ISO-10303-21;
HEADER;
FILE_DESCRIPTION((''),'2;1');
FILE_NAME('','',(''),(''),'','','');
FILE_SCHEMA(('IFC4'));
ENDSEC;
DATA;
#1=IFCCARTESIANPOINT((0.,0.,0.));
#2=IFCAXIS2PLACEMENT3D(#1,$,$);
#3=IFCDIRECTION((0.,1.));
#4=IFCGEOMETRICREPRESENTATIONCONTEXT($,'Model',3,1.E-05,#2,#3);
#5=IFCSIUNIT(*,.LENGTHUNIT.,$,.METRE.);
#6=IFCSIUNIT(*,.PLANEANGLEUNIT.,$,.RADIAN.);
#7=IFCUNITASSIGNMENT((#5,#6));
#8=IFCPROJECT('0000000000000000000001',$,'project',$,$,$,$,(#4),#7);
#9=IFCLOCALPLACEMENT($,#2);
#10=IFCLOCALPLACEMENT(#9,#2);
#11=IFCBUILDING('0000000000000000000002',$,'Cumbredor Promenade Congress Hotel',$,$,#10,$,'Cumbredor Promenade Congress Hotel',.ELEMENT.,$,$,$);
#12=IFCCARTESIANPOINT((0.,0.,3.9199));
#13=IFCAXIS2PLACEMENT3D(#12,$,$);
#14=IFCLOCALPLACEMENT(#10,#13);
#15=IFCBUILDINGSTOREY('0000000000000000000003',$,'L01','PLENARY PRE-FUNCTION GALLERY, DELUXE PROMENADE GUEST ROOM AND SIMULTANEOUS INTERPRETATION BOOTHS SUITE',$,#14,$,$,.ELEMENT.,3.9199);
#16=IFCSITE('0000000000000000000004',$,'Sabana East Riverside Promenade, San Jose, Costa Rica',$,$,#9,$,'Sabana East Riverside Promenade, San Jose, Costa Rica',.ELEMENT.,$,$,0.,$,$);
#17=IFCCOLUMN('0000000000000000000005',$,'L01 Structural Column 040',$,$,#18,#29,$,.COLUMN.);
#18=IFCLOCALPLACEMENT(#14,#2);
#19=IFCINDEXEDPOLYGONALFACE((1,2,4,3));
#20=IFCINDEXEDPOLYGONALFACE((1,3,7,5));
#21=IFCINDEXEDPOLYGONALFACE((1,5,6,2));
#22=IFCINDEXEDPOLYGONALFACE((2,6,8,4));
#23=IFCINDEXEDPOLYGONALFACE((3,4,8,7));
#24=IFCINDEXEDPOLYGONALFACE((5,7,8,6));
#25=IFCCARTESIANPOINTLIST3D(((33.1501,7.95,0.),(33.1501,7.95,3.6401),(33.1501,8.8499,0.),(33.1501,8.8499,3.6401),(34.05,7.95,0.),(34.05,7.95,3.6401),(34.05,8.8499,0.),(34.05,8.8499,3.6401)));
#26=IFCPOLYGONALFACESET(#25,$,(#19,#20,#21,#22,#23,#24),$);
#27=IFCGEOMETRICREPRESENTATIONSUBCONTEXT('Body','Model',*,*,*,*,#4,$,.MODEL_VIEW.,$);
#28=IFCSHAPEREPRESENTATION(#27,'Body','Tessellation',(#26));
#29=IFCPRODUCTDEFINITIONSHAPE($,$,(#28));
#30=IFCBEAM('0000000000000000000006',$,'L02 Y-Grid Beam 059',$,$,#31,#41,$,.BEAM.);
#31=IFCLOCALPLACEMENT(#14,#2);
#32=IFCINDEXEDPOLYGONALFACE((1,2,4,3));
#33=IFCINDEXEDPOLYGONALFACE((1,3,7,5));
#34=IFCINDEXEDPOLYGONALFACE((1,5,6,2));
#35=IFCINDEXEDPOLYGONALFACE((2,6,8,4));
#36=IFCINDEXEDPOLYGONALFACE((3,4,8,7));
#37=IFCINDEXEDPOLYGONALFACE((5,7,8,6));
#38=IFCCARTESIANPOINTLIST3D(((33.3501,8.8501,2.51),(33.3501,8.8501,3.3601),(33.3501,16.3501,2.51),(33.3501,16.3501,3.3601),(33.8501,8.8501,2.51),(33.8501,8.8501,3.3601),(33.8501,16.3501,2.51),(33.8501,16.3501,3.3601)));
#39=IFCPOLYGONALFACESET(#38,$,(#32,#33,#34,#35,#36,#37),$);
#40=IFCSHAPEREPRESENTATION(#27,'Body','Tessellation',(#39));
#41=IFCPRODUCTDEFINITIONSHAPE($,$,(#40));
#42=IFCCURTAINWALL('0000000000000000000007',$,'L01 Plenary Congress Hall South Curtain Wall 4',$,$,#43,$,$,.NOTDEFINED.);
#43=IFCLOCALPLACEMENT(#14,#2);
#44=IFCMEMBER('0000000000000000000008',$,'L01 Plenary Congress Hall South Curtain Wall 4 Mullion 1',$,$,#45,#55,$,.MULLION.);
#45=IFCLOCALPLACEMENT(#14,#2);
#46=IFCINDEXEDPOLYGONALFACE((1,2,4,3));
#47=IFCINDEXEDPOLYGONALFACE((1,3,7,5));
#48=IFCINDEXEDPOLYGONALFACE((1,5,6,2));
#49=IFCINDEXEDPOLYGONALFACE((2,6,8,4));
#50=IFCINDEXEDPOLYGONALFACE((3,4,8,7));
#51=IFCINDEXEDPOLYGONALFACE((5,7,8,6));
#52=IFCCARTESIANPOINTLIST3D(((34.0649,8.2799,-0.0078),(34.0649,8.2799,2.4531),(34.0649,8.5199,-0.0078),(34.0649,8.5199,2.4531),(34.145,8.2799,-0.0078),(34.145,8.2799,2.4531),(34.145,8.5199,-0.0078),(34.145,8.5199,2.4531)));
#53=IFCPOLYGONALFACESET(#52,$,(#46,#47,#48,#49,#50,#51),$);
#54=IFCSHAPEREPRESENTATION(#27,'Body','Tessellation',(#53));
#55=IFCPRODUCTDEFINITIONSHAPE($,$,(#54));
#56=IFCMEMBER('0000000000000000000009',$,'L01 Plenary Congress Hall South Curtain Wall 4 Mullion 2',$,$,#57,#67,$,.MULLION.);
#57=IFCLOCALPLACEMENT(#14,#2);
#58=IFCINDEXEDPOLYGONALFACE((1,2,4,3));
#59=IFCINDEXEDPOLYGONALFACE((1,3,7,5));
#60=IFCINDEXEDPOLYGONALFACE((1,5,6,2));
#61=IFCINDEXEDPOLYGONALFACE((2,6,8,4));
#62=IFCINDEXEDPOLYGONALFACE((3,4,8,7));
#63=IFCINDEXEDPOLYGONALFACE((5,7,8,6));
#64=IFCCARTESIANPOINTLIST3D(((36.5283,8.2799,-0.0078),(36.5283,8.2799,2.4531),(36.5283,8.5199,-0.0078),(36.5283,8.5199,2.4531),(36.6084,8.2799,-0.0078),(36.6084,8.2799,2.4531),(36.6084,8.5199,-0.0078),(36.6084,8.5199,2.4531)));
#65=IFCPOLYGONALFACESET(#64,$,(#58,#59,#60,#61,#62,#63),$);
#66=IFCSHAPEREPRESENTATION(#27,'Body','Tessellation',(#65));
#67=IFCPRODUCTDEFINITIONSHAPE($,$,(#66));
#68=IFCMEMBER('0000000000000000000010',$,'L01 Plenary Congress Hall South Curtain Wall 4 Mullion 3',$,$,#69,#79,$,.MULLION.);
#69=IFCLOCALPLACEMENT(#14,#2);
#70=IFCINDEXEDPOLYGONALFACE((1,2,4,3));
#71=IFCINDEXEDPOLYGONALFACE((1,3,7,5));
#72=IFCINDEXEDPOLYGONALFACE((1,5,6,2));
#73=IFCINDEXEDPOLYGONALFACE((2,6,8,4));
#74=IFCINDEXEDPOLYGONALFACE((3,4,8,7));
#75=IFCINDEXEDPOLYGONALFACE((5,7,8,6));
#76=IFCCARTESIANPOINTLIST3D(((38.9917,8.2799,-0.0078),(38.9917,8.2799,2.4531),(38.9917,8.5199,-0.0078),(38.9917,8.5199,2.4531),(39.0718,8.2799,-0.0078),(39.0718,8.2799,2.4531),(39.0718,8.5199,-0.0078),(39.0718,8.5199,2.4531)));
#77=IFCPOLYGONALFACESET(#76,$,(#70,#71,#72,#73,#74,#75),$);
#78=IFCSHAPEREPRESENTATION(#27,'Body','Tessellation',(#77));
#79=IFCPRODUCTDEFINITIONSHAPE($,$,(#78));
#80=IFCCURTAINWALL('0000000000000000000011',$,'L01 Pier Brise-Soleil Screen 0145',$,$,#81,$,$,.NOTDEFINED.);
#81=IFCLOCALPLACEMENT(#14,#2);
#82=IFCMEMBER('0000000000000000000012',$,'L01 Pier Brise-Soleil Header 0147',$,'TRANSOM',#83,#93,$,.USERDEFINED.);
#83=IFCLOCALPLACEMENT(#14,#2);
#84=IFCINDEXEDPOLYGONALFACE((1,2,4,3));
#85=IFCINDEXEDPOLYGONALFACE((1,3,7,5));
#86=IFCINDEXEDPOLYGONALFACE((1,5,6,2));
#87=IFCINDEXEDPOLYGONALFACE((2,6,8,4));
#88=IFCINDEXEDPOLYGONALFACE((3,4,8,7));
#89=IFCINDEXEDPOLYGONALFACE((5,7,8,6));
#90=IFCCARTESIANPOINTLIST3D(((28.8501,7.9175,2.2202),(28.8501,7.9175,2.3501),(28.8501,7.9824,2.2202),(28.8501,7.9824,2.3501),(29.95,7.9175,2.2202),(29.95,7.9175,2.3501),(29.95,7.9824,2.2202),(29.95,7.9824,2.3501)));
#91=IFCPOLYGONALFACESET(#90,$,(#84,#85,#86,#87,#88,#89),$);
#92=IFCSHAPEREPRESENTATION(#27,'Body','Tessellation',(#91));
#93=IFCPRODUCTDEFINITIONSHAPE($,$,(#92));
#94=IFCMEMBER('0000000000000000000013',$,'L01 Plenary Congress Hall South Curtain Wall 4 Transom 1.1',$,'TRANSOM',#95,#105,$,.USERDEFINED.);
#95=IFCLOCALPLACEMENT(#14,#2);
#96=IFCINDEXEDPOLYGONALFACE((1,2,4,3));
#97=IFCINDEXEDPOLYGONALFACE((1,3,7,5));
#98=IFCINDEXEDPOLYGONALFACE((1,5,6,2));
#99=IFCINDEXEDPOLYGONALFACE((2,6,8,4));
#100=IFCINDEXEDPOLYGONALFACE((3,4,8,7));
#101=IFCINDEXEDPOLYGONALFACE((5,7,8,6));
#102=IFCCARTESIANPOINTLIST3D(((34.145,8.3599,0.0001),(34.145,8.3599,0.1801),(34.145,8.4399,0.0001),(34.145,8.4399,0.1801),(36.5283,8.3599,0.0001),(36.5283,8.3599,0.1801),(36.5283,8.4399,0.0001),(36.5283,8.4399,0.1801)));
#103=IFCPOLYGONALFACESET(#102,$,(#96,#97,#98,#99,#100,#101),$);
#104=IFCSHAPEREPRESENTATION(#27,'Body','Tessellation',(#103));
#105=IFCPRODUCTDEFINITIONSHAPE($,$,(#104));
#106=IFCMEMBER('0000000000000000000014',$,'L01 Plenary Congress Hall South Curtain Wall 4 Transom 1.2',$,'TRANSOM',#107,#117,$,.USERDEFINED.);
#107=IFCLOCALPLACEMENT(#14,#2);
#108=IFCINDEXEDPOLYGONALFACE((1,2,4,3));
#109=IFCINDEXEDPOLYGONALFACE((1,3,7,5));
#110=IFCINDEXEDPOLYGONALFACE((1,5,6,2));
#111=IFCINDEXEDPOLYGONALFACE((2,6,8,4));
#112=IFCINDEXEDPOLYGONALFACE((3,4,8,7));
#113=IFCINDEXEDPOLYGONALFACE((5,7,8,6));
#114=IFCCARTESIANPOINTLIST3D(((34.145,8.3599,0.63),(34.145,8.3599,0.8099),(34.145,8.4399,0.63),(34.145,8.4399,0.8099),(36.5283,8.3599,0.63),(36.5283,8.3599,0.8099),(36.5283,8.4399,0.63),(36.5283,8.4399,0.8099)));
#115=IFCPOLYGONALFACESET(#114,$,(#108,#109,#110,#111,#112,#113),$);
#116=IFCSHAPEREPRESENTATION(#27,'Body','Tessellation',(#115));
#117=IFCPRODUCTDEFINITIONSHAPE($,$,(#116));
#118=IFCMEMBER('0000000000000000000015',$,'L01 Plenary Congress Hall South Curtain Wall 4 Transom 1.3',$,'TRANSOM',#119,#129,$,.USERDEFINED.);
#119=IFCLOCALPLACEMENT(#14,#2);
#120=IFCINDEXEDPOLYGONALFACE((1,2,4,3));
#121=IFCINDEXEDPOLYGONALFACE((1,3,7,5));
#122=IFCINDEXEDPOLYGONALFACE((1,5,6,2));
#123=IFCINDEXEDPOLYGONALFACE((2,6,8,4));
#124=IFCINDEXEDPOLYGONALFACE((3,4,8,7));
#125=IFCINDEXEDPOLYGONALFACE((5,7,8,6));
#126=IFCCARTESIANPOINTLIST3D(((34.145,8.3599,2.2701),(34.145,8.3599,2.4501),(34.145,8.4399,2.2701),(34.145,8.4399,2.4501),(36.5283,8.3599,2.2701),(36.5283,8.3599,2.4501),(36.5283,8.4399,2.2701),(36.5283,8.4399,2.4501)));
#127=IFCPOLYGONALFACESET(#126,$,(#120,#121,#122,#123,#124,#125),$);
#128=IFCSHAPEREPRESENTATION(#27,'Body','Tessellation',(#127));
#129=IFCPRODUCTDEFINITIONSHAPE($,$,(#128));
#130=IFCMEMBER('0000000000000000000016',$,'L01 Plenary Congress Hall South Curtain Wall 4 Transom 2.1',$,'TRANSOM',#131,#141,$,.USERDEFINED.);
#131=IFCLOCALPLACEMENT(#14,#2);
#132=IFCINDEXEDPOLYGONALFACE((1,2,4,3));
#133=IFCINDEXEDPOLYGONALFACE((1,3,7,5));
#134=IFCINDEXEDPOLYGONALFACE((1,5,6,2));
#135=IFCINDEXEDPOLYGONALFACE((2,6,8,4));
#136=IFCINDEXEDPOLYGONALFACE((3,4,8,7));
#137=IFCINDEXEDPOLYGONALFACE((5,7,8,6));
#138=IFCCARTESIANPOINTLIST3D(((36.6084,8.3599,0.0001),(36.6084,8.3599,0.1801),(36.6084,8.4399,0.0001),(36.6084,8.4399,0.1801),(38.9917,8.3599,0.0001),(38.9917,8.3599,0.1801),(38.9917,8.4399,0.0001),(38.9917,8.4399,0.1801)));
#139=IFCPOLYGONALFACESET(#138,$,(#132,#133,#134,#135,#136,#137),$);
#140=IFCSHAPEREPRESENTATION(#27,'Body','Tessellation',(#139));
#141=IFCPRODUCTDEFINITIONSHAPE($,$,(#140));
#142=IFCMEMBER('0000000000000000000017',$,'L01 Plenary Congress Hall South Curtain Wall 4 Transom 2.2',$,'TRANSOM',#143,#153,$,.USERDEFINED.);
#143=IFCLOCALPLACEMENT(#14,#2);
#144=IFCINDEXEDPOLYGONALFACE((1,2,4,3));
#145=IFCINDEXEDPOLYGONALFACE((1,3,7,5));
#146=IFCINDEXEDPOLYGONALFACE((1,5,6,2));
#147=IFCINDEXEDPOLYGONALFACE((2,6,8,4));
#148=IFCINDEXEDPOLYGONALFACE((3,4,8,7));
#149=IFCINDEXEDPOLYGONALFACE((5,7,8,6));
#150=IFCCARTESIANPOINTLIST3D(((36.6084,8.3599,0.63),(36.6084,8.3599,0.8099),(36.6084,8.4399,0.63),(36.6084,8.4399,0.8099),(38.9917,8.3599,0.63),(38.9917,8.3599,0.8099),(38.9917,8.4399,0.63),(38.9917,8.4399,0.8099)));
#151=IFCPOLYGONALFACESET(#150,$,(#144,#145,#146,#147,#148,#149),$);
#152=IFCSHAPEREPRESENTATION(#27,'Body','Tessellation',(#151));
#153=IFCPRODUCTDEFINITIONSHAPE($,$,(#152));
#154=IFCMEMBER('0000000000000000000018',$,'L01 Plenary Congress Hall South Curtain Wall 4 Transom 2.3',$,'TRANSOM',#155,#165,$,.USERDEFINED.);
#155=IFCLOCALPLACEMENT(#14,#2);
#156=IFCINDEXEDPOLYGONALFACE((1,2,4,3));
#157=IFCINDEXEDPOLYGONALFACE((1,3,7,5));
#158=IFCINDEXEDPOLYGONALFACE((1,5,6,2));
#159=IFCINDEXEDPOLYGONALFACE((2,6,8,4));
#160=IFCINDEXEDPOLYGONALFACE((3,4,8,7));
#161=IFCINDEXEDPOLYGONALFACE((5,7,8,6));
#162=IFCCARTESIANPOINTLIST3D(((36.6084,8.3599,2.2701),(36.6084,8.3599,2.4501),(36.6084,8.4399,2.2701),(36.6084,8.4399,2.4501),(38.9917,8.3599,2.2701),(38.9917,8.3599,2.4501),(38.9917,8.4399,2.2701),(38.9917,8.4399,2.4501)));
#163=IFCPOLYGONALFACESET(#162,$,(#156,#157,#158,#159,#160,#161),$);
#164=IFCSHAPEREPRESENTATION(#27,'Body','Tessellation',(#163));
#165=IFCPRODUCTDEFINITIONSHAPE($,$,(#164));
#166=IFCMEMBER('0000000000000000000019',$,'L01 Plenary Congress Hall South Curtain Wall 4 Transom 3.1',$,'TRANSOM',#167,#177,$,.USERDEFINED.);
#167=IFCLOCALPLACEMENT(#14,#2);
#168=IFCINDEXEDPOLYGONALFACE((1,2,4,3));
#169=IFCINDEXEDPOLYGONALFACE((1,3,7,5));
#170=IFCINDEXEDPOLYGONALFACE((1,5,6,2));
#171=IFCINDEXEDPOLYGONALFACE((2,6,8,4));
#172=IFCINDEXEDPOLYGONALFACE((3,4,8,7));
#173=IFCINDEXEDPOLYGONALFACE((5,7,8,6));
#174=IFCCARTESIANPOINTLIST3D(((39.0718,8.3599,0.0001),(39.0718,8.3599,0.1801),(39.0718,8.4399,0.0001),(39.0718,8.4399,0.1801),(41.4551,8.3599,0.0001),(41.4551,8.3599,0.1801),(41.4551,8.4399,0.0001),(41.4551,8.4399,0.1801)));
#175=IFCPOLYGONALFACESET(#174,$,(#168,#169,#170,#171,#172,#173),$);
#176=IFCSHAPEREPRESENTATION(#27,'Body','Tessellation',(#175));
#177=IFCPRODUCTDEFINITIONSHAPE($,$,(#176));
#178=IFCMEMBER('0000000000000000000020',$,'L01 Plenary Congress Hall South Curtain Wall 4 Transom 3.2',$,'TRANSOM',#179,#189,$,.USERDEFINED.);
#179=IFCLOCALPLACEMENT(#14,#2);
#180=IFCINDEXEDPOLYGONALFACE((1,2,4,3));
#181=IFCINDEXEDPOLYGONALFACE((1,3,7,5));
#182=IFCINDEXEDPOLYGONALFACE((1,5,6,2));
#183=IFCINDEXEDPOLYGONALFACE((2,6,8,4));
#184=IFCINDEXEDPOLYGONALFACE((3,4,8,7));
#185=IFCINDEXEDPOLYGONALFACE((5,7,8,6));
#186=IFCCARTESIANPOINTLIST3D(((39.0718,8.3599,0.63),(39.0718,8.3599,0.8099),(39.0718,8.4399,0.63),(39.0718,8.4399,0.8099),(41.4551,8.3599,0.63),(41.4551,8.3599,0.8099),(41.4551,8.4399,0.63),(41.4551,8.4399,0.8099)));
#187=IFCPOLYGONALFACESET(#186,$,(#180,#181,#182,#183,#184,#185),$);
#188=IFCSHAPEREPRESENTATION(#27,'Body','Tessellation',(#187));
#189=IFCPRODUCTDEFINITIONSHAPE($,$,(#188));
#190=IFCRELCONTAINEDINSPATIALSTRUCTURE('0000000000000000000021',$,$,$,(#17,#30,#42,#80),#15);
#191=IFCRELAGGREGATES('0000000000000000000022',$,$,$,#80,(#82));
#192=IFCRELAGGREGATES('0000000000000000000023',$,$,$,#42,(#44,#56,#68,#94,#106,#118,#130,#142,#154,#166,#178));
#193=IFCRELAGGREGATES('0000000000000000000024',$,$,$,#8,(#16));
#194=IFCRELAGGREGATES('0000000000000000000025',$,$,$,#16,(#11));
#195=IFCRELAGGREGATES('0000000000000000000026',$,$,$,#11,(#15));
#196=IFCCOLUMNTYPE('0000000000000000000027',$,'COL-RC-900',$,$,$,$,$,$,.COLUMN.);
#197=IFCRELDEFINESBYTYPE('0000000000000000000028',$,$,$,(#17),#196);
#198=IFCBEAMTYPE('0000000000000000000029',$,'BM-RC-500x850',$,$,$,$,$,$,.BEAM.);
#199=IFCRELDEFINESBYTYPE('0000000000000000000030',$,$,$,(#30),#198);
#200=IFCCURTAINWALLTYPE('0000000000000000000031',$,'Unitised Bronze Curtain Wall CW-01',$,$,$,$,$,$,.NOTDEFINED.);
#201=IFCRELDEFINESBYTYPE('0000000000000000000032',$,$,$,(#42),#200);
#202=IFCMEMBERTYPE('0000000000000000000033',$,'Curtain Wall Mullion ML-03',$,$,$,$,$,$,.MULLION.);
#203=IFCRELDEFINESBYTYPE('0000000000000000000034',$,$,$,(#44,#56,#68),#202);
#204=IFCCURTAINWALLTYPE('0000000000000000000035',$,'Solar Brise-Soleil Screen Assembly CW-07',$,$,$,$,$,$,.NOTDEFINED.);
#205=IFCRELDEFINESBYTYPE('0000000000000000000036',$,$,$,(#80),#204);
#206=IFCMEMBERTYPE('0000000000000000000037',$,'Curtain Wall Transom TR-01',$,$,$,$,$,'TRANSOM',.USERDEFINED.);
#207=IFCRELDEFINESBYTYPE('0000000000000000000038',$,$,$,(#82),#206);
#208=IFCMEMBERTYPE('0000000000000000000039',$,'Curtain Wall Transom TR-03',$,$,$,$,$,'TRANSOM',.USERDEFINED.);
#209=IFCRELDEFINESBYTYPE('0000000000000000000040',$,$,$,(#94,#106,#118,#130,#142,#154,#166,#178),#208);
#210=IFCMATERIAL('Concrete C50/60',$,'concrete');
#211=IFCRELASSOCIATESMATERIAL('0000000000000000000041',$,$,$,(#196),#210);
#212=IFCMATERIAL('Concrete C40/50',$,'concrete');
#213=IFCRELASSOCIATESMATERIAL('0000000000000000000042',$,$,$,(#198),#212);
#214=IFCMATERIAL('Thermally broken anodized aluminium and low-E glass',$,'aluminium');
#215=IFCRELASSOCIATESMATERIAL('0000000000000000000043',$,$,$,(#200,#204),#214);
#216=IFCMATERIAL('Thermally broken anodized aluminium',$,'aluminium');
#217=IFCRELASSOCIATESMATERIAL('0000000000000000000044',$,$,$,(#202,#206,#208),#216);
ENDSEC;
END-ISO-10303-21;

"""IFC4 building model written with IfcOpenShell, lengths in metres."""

from ifc_helpers import new_model, si_unit, direction, frame, origin, origin_2d, place, context, subcontext, project, spatial, rectangle, extrude, material, material_profile, profile_set, type_object, element, aggregate, save


model = new_model("IFC4")

# Units and contexts
model_context = context("Model", 3, precision=1e-05, world=origin(), true_north=direction((0.0, 1.0)))
body_context = subcontext(model_context, "Body", "Model", "MODEL_VIEW")
ifc_project = project(units=[si_unit("LENGTHUNIT", "METRE"), si_unit("PLANEANGLEUNIT", "RADIAN")], contexts=[model_context])

# Site, building, storey
site_placement = place(None, origin())
site = spatial("IfcSite", under=ifc_project, at=site_placement, Name="Sabana East Riverside Promenade, San Jose, Costa Rica", LongName="Sabana East Riverside Promenade, San Jose, Costa Rica", CompositionType="ELEMENT", RefElevation=0.0)
building_placement = place(site_placement, origin())
building = spatial("IfcBuilding", under=site, at=building_placement, Name="Cumbredor Promenade Congress Hotel", LongName="Cumbredor Promenade Congress Hotel", CompositionType="ELEMENT")
storey_placement = place(building_placement, frame((0.0, 0.0, 3.9199)))
storey = spatial("IfcBuildingStorey", under=building, at=storey_placement, Name="L01", Description="PLENARY PRE-FUNCTION GALLERY, DELUXE PROMENADE GUEST ROOM AND SIMULTANEOUS INTERPRETATION BOOTHS SUITE", CompositionType="ELEMENT", Elevation=3.9199)

# Column
ifc_material_1 = material(Name="Concrete C50/60", Category="concrete")
ifc_material_profile_1 = material_profile(ifc_material_1, rectangle(XDim=0.8999, YDim=0.8999, at=origin_2d()), Name="RC 900x900")
ifc_profile_set_1 = profile_set([ifc_material_profile_1], Name="Concrete C50/60")
column_type = type_object("IfcColumnType", Name="COL-RC-900", PredefinedType="COLUMN", material=ifc_profile_set_1)
column_placement = place(storey_placement, frame((33.6001, 8.3999, 0.0), z_axis=(0.0, 0.0, 1.0), x_axis=(1.0, 0.0, 0.0)))
element("IfcColumn", 1, at=column_placement, inside=storey, type_object=column_type, Name="L01 Structural Column 040", PredefinedType="COLUMN", context=body_context, shape_type="SweptSolid", body=[
    extrude(rectangle(XDim=0.8999, YDim=0.8999, at=origin_2d()), origin(), (0.0, 0.0, 1.0), 3.6401),
])

# Beam
ifc_material_2 = material(Name="Concrete C40/50", Category="concrete")
ifc_material_profile_2 = material_profile(ifc_material_2, rectangle(XDim=0.5, YDim=0.8501, at=origin_2d()), Name="RC BEAM 500x850")
ifc_profile_set_2 = profile_set([ifc_material_profile_2], Name="Concrete C40/50")
beam_type_1 = type_object("IfcBeamType", Name="BM-RC-500x850", PredefinedType="BEAM", material=ifc_profile_set_2)
beam_placement = place(storey_placement, frame((33.6001, 8.8501, 2.9351), z_axis=(0.0, 1.0, 0.0), x_axis=(-1.0, 0.0, 0.0)))
element("IfcBeam", 2, at=beam_placement, inside=storey, type_object=beam_type_1, Name="L02 Y-Grid Beam 059", PredefinedType="BEAM", context=body_context, shape_type="SweptSolid", body=[
    extrude(rectangle(XDim=0.5, YDim=0.8501, at=origin_2d()), origin(), (0.0, 0.0, 1.0), 7.5),
])

# Curtain wall, members
ifc_material_3 = material(Name="Thermally broken anodized aluminium and low-E glass", Category="aluminium")
curtain_wall_type_1 = type_object("IfcCurtainWallType", Name="Unitised Bronze Curtain Wall CW-01", PredefinedType="NOTDEFINED", material=ifc_material_3)
curtain_wall_1_placement = place(storey_placement, origin())
curtain_wall_1 = element("IfcCurtainWall", 3, at=curtain_wall_1_placement, inside=storey, type_object=curtain_wall_type_1, Name="L01 Plenary Congress Hall South Curtain Wall 4", PredefinedType="NOTDEFINED")
ifc_material_4 = material(Name="Thermally broken anodized aluminium", Category="aluminium")
ifc_material_profile_3 = material_profile(ifc_material_4, rectangle(XDim=0.0801, YDim=0.24, at=origin_2d()), Name="ALU MULLION 80x240")
ifc_profile_set_3 = profile_set([ifc_material_profile_3], Name="Thermally broken anodized aluminium")
member_type_1 = type_object("IfcMemberType", Name="Curtain Wall Mullion ML-03", PredefinedType="MULLION", material=ifc_profile_set_3)
member_1_placement = place(storey_placement, frame((34.105, 8.3999, -0.0078), z_axis=(0.0, 0.0, 1.0), x_axis=(1.0, 0.0, 0.0)))
member_1 = element("IfcMember", 4, at=member_1_placement, type_object=member_type_1, Name="L01 Plenary Congress Hall South Curtain Wall 4 Mullion 1", PredefinedType="MULLION", context=body_context, shape_type="SweptSolid", body=[
    extrude(rectangle(XDim=0.0801, YDim=0.24, at=origin_2d()), origin(), (0.0, 0.0, 1.0), 2.4609),
])
member_2_placement = place(storey_placement, frame((36.5684, 8.3999, -0.0078), z_axis=(0.0, 0.0, 1.0), x_axis=(1.0, 0.0, 0.0)))
member_2 = element("IfcMember", 5, at=member_2_placement, type_object=member_type_1, Name="L01 Plenary Congress Hall South Curtain Wall 4 Mullion 2", PredefinedType="MULLION", context=body_context, shape_type="SweptSolid", body=[
    extrude(rectangle(XDim=0.0801, YDim=0.24, at=origin_2d()), origin(), (0.0, 0.0, 1.0), 2.4609),
])
member_3_placement = place(storey_placement, frame((39.0317, 8.3999, -0.0078), z_axis=(0.0, 0.0, 1.0), x_axis=(1.0, 0.0, 0.0)))
member_3 = element("IfcMember", 6, at=member_3_placement, type_object=member_type_1, Name="L01 Plenary Congress Hall South Curtain Wall 4 Mullion 3", PredefinedType="MULLION", context=body_context, shape_type="SweptSolid", body=[
    extrude(rectangle(XDim=0.0801, YDim=0.24, at=origin_2d()), origin(), (0.0, 0.0, 1.0), 2.4609),
])

# Curtain wall, member
curtain_wall_type_2 = type_object("IfcCurtainWallType", Name="Solar Brise-Soleil Screen Assembly CW-07", PredefinedType="NOTDEFINED", material=ifc_material_3)
curtain_wall_2_placement = place(storey_placement, origin())
curtain_wall_2 = element("IfcCurtainWall", 7, at=curtain_wall_2_placement, inside=storey, type_object=curtain_wall_type_2, Name="L01 Pier Brise-Soleil Screen 0145", PredefinedType="NOTDEFINED")
ifc_material_profile_4 = material_profile(ifc_material_4, rectangle(XDim=0.0649, YDim=0.1299, at=origin_2d()), Name="ALU TRANSOM 65x130")
ifc_profile_set_4 = profile_set([ifc_material_profile_4], Name="Thermally broken anodized aluminium")
member_type_2 = type_object("IfcMemberType", Name="Curtain Wall Transom TR-01", ElementType="TRANSOM", PredefinedType="USERDEFINED", material=ifc_profile_set_4)
member_4_placement = place(storey_placement, frame((28.8501, 7.95, 2.2852), z_axis=(1.0, 0.0, 0.0), x_axis=(0.0, 1.0, 0.0)))
member_4 = element("IfcMember", 8, at=member_4_placement, type_object=member_type_2, Name="L01 Pier Brise-Soleil Header 0147", ObjectType="TRANSOM", PredefinedType="USERDEFINED", context=body_context, shape_type="SweptSolid", body=[
    extrude(rectangle(XDim=0.0649, YDim=0.1299, at=origin_2d()), origin(), (0.0, 0.0, 1.0), 1.0999),
])

# Members
ifc_material_profile_5 = material_profile(ifc_material_4, rectangle(XDim=0.0801, YDim=0.1799, at=origin_2d()), Name="ALU TRANSOM 80x180")
ifc_profile_set_5 = profile_set([ifc_material_profile_5], Name="Thermally broken anodized aluminium")
member_type_3 = type_object("IfcMemberType", Name="Curtain Wall Transom TR-03", ElementType="TRANSOM", PredefinedType="USERDEFINED", material=ifc_profile_set_5)
member_5_placement = place(storey_placement, frame((34.145, 8.3999, 0.0901), z_axis=(1.0, 0.0, 0.0), x_axis=(0.0, 1.0, 0.0)))
member_5 = element("IfcMember", 9, at=member_5_placement, type_object=member_type_3, Name="L01 Plenary Congress Hall South Curtain Wall 4 Transom 1.1", ObjectType="TRANSOM", PredefinedType="USERDEFINED", context=body_context, shape_type="SweptSolid", body=[
    extrude(rectangle(XDim=0.0801, YDim=0.1799, at=origin_2d()), origin(), (0.0, 0.0, 1.0), 2.3833),
])
member_6_placement = place(storey_placement, frame((34.145, 8.3999, 0.72), z_axis=(1.0, 0.0, 0.0), x_axis=(0.0, 1.0, 0.0)))
member_6 = element("IfcMember", 10, at=member_6_placement, type_object=member_type_3, Name="L01 Plenary Congress Hall South Curtain Wall 4 Transom 1.2", ObjectType="TRANSOM", PredefinedType="USERDEFINED", context=body_context, shape_type="SweptSolid", body=[
    extrude(rectangle(XDim=0.0801, YDim=0.1799, at=origin_2d()), origin(), (0.0, 0.0, 1.0), 2.3833),
])
member_7_placement = place(storey_placement, frame((34.145, 8.3999, 2.3601), z_axis=(1.0, 0.0, 0.0), x_axis=(0.0, 1.0, 0.0)))
member_7 = element("IfcMember", 11, at=member_7_placement, type_object=member_type_3, Name="L01 Plenary Congress Hall South Curtain Wall 4 Transom 1.3", ObjectType="TRANSOM", PredefinedType="USERDEFINED", context=body_context, shape_type="SweptSolid", body=[
    extrude(rectangle(XDim=0.0801, YDim=0.1799, at=origin_2d()), origin(), (0.0, 0.0, 1.0), 2.3833),
])
member_8_placement = place(storey_placement, frame((36.6084, 8.3999, 0.0901), z_axis=(1.0, 0.0, 0.0), x_axis=(0.0, 1.0, 0.0)))
member_8 = element("IfcMember", 12, at=member_8_placement, type_object=member_type_3, Name="L01 Plenary Congress Hall South Curtain Wall 4 Transom 2.1", ObjectType="TRANSOM", PredefinedType="USERDEFINED", context=body_context, shape_type="SweptSolid", body=[
    extrude(rectangle(XDim=0.0801, YDim=0.1799, at=origin_2d()), origin(), (0.0, 0.0, 1.0), 2.3833),
])
member_9_placement = place(storey_placement, frame((36.6084, 8.3999, 0.72), z_axis=(1.0, 0.0, 0.0), x_axis=(0.0, 1.0, 0.0)))
member_9 = element("IfcMember", 13, at=member_9_placement, type_object=member_type_3, Name="L01 Plenary Congress Hall South Curtain Wall 4 Transom 2.2", ObjectType="TRANSOM", PredefinedType="USERDEFINED", context=body_context, shape_type="SweptSolid", body=[
    extrude(rectangle(XDim=0.0801, YDim=0.1799, at=origin_2d()), origin(), (0.0, 0.0, 1.0), 2.3833),
])
member_10_placement = place(storey_placement, frame((36.6084, 8.3999, 2.3601), z_axis=(1.0, 0.0, 0.0), x_axis=(0.0, 1.0, 0.0)))
member_10 = element("IfcMember", 14, at=member_10_placement, type_object=member_type_3, Name="L01 Plenary Congress Hall South Curtain Wall 4 Transom 2.3", ObjectType="TRANSOM", PredefinedType="USERDEFINED", context=body_context, shape_type="SweptSolid", body=[
    extrude(rectangle(XDim=0.0801, YDim=0.1799, at=origin_2d()), origin(), (0.0, 0.0, 1.0), 2.3833),
])
member_11_placement = place(storey_placement, frame((39.0718, 8.3999, 0.0901), z_axis=(1.0, 0.0, 0.0), x_axis=(0.0, 1.0, 0.0)))
member_11 = element("IfcMember", 15, at=member_11_placement, type_object=member_type_3, Name="L01 Plenary Congress Hall South Curtain Wall 4 Transom 3.1", ObjectType="TRANSOM", PredefinedType="USERDEFINED", context=body_context, shape_type="SweptSolid", body=[
    extrude(rectangle(XDim=0.0801, YDim=0.1799, at=origin_2d()), origin(), (0.0, 0.0, 1.0), 2.3833),
])
member_12_placement = place(storey_placement, frame((39.0718, 8.3999, 0.72), z_axis=(1.0, 0.0, 0.0), x_axis=(0.0, 1.0, 0.0)))
member_12 = element("IfcMember", 16, at=member_12_placement, type_object=member_type_3, Name="L01 Plenary Congress Hall South Curtain Wall 4 Transom 3.2", ObjectType="TRANSOM", PredefinedType="USERDEFINED", context=body_context, shape_type="SweptSolid", body=[
    extrude(rectangle(XDim=0.0801, YDim=0.1799, at=origin_2d()), origin(), (0.0, 0.0, 1.0), 2.3833),
])

aggregate(curtain_wall_2, [member_4])

aggregate(curtain_wall_1, [member_1, member_2, member_3, member_5, member_6, member_7, member_8, member_9, member_10, member_11, member_12])

save(model, "model.ifc")
